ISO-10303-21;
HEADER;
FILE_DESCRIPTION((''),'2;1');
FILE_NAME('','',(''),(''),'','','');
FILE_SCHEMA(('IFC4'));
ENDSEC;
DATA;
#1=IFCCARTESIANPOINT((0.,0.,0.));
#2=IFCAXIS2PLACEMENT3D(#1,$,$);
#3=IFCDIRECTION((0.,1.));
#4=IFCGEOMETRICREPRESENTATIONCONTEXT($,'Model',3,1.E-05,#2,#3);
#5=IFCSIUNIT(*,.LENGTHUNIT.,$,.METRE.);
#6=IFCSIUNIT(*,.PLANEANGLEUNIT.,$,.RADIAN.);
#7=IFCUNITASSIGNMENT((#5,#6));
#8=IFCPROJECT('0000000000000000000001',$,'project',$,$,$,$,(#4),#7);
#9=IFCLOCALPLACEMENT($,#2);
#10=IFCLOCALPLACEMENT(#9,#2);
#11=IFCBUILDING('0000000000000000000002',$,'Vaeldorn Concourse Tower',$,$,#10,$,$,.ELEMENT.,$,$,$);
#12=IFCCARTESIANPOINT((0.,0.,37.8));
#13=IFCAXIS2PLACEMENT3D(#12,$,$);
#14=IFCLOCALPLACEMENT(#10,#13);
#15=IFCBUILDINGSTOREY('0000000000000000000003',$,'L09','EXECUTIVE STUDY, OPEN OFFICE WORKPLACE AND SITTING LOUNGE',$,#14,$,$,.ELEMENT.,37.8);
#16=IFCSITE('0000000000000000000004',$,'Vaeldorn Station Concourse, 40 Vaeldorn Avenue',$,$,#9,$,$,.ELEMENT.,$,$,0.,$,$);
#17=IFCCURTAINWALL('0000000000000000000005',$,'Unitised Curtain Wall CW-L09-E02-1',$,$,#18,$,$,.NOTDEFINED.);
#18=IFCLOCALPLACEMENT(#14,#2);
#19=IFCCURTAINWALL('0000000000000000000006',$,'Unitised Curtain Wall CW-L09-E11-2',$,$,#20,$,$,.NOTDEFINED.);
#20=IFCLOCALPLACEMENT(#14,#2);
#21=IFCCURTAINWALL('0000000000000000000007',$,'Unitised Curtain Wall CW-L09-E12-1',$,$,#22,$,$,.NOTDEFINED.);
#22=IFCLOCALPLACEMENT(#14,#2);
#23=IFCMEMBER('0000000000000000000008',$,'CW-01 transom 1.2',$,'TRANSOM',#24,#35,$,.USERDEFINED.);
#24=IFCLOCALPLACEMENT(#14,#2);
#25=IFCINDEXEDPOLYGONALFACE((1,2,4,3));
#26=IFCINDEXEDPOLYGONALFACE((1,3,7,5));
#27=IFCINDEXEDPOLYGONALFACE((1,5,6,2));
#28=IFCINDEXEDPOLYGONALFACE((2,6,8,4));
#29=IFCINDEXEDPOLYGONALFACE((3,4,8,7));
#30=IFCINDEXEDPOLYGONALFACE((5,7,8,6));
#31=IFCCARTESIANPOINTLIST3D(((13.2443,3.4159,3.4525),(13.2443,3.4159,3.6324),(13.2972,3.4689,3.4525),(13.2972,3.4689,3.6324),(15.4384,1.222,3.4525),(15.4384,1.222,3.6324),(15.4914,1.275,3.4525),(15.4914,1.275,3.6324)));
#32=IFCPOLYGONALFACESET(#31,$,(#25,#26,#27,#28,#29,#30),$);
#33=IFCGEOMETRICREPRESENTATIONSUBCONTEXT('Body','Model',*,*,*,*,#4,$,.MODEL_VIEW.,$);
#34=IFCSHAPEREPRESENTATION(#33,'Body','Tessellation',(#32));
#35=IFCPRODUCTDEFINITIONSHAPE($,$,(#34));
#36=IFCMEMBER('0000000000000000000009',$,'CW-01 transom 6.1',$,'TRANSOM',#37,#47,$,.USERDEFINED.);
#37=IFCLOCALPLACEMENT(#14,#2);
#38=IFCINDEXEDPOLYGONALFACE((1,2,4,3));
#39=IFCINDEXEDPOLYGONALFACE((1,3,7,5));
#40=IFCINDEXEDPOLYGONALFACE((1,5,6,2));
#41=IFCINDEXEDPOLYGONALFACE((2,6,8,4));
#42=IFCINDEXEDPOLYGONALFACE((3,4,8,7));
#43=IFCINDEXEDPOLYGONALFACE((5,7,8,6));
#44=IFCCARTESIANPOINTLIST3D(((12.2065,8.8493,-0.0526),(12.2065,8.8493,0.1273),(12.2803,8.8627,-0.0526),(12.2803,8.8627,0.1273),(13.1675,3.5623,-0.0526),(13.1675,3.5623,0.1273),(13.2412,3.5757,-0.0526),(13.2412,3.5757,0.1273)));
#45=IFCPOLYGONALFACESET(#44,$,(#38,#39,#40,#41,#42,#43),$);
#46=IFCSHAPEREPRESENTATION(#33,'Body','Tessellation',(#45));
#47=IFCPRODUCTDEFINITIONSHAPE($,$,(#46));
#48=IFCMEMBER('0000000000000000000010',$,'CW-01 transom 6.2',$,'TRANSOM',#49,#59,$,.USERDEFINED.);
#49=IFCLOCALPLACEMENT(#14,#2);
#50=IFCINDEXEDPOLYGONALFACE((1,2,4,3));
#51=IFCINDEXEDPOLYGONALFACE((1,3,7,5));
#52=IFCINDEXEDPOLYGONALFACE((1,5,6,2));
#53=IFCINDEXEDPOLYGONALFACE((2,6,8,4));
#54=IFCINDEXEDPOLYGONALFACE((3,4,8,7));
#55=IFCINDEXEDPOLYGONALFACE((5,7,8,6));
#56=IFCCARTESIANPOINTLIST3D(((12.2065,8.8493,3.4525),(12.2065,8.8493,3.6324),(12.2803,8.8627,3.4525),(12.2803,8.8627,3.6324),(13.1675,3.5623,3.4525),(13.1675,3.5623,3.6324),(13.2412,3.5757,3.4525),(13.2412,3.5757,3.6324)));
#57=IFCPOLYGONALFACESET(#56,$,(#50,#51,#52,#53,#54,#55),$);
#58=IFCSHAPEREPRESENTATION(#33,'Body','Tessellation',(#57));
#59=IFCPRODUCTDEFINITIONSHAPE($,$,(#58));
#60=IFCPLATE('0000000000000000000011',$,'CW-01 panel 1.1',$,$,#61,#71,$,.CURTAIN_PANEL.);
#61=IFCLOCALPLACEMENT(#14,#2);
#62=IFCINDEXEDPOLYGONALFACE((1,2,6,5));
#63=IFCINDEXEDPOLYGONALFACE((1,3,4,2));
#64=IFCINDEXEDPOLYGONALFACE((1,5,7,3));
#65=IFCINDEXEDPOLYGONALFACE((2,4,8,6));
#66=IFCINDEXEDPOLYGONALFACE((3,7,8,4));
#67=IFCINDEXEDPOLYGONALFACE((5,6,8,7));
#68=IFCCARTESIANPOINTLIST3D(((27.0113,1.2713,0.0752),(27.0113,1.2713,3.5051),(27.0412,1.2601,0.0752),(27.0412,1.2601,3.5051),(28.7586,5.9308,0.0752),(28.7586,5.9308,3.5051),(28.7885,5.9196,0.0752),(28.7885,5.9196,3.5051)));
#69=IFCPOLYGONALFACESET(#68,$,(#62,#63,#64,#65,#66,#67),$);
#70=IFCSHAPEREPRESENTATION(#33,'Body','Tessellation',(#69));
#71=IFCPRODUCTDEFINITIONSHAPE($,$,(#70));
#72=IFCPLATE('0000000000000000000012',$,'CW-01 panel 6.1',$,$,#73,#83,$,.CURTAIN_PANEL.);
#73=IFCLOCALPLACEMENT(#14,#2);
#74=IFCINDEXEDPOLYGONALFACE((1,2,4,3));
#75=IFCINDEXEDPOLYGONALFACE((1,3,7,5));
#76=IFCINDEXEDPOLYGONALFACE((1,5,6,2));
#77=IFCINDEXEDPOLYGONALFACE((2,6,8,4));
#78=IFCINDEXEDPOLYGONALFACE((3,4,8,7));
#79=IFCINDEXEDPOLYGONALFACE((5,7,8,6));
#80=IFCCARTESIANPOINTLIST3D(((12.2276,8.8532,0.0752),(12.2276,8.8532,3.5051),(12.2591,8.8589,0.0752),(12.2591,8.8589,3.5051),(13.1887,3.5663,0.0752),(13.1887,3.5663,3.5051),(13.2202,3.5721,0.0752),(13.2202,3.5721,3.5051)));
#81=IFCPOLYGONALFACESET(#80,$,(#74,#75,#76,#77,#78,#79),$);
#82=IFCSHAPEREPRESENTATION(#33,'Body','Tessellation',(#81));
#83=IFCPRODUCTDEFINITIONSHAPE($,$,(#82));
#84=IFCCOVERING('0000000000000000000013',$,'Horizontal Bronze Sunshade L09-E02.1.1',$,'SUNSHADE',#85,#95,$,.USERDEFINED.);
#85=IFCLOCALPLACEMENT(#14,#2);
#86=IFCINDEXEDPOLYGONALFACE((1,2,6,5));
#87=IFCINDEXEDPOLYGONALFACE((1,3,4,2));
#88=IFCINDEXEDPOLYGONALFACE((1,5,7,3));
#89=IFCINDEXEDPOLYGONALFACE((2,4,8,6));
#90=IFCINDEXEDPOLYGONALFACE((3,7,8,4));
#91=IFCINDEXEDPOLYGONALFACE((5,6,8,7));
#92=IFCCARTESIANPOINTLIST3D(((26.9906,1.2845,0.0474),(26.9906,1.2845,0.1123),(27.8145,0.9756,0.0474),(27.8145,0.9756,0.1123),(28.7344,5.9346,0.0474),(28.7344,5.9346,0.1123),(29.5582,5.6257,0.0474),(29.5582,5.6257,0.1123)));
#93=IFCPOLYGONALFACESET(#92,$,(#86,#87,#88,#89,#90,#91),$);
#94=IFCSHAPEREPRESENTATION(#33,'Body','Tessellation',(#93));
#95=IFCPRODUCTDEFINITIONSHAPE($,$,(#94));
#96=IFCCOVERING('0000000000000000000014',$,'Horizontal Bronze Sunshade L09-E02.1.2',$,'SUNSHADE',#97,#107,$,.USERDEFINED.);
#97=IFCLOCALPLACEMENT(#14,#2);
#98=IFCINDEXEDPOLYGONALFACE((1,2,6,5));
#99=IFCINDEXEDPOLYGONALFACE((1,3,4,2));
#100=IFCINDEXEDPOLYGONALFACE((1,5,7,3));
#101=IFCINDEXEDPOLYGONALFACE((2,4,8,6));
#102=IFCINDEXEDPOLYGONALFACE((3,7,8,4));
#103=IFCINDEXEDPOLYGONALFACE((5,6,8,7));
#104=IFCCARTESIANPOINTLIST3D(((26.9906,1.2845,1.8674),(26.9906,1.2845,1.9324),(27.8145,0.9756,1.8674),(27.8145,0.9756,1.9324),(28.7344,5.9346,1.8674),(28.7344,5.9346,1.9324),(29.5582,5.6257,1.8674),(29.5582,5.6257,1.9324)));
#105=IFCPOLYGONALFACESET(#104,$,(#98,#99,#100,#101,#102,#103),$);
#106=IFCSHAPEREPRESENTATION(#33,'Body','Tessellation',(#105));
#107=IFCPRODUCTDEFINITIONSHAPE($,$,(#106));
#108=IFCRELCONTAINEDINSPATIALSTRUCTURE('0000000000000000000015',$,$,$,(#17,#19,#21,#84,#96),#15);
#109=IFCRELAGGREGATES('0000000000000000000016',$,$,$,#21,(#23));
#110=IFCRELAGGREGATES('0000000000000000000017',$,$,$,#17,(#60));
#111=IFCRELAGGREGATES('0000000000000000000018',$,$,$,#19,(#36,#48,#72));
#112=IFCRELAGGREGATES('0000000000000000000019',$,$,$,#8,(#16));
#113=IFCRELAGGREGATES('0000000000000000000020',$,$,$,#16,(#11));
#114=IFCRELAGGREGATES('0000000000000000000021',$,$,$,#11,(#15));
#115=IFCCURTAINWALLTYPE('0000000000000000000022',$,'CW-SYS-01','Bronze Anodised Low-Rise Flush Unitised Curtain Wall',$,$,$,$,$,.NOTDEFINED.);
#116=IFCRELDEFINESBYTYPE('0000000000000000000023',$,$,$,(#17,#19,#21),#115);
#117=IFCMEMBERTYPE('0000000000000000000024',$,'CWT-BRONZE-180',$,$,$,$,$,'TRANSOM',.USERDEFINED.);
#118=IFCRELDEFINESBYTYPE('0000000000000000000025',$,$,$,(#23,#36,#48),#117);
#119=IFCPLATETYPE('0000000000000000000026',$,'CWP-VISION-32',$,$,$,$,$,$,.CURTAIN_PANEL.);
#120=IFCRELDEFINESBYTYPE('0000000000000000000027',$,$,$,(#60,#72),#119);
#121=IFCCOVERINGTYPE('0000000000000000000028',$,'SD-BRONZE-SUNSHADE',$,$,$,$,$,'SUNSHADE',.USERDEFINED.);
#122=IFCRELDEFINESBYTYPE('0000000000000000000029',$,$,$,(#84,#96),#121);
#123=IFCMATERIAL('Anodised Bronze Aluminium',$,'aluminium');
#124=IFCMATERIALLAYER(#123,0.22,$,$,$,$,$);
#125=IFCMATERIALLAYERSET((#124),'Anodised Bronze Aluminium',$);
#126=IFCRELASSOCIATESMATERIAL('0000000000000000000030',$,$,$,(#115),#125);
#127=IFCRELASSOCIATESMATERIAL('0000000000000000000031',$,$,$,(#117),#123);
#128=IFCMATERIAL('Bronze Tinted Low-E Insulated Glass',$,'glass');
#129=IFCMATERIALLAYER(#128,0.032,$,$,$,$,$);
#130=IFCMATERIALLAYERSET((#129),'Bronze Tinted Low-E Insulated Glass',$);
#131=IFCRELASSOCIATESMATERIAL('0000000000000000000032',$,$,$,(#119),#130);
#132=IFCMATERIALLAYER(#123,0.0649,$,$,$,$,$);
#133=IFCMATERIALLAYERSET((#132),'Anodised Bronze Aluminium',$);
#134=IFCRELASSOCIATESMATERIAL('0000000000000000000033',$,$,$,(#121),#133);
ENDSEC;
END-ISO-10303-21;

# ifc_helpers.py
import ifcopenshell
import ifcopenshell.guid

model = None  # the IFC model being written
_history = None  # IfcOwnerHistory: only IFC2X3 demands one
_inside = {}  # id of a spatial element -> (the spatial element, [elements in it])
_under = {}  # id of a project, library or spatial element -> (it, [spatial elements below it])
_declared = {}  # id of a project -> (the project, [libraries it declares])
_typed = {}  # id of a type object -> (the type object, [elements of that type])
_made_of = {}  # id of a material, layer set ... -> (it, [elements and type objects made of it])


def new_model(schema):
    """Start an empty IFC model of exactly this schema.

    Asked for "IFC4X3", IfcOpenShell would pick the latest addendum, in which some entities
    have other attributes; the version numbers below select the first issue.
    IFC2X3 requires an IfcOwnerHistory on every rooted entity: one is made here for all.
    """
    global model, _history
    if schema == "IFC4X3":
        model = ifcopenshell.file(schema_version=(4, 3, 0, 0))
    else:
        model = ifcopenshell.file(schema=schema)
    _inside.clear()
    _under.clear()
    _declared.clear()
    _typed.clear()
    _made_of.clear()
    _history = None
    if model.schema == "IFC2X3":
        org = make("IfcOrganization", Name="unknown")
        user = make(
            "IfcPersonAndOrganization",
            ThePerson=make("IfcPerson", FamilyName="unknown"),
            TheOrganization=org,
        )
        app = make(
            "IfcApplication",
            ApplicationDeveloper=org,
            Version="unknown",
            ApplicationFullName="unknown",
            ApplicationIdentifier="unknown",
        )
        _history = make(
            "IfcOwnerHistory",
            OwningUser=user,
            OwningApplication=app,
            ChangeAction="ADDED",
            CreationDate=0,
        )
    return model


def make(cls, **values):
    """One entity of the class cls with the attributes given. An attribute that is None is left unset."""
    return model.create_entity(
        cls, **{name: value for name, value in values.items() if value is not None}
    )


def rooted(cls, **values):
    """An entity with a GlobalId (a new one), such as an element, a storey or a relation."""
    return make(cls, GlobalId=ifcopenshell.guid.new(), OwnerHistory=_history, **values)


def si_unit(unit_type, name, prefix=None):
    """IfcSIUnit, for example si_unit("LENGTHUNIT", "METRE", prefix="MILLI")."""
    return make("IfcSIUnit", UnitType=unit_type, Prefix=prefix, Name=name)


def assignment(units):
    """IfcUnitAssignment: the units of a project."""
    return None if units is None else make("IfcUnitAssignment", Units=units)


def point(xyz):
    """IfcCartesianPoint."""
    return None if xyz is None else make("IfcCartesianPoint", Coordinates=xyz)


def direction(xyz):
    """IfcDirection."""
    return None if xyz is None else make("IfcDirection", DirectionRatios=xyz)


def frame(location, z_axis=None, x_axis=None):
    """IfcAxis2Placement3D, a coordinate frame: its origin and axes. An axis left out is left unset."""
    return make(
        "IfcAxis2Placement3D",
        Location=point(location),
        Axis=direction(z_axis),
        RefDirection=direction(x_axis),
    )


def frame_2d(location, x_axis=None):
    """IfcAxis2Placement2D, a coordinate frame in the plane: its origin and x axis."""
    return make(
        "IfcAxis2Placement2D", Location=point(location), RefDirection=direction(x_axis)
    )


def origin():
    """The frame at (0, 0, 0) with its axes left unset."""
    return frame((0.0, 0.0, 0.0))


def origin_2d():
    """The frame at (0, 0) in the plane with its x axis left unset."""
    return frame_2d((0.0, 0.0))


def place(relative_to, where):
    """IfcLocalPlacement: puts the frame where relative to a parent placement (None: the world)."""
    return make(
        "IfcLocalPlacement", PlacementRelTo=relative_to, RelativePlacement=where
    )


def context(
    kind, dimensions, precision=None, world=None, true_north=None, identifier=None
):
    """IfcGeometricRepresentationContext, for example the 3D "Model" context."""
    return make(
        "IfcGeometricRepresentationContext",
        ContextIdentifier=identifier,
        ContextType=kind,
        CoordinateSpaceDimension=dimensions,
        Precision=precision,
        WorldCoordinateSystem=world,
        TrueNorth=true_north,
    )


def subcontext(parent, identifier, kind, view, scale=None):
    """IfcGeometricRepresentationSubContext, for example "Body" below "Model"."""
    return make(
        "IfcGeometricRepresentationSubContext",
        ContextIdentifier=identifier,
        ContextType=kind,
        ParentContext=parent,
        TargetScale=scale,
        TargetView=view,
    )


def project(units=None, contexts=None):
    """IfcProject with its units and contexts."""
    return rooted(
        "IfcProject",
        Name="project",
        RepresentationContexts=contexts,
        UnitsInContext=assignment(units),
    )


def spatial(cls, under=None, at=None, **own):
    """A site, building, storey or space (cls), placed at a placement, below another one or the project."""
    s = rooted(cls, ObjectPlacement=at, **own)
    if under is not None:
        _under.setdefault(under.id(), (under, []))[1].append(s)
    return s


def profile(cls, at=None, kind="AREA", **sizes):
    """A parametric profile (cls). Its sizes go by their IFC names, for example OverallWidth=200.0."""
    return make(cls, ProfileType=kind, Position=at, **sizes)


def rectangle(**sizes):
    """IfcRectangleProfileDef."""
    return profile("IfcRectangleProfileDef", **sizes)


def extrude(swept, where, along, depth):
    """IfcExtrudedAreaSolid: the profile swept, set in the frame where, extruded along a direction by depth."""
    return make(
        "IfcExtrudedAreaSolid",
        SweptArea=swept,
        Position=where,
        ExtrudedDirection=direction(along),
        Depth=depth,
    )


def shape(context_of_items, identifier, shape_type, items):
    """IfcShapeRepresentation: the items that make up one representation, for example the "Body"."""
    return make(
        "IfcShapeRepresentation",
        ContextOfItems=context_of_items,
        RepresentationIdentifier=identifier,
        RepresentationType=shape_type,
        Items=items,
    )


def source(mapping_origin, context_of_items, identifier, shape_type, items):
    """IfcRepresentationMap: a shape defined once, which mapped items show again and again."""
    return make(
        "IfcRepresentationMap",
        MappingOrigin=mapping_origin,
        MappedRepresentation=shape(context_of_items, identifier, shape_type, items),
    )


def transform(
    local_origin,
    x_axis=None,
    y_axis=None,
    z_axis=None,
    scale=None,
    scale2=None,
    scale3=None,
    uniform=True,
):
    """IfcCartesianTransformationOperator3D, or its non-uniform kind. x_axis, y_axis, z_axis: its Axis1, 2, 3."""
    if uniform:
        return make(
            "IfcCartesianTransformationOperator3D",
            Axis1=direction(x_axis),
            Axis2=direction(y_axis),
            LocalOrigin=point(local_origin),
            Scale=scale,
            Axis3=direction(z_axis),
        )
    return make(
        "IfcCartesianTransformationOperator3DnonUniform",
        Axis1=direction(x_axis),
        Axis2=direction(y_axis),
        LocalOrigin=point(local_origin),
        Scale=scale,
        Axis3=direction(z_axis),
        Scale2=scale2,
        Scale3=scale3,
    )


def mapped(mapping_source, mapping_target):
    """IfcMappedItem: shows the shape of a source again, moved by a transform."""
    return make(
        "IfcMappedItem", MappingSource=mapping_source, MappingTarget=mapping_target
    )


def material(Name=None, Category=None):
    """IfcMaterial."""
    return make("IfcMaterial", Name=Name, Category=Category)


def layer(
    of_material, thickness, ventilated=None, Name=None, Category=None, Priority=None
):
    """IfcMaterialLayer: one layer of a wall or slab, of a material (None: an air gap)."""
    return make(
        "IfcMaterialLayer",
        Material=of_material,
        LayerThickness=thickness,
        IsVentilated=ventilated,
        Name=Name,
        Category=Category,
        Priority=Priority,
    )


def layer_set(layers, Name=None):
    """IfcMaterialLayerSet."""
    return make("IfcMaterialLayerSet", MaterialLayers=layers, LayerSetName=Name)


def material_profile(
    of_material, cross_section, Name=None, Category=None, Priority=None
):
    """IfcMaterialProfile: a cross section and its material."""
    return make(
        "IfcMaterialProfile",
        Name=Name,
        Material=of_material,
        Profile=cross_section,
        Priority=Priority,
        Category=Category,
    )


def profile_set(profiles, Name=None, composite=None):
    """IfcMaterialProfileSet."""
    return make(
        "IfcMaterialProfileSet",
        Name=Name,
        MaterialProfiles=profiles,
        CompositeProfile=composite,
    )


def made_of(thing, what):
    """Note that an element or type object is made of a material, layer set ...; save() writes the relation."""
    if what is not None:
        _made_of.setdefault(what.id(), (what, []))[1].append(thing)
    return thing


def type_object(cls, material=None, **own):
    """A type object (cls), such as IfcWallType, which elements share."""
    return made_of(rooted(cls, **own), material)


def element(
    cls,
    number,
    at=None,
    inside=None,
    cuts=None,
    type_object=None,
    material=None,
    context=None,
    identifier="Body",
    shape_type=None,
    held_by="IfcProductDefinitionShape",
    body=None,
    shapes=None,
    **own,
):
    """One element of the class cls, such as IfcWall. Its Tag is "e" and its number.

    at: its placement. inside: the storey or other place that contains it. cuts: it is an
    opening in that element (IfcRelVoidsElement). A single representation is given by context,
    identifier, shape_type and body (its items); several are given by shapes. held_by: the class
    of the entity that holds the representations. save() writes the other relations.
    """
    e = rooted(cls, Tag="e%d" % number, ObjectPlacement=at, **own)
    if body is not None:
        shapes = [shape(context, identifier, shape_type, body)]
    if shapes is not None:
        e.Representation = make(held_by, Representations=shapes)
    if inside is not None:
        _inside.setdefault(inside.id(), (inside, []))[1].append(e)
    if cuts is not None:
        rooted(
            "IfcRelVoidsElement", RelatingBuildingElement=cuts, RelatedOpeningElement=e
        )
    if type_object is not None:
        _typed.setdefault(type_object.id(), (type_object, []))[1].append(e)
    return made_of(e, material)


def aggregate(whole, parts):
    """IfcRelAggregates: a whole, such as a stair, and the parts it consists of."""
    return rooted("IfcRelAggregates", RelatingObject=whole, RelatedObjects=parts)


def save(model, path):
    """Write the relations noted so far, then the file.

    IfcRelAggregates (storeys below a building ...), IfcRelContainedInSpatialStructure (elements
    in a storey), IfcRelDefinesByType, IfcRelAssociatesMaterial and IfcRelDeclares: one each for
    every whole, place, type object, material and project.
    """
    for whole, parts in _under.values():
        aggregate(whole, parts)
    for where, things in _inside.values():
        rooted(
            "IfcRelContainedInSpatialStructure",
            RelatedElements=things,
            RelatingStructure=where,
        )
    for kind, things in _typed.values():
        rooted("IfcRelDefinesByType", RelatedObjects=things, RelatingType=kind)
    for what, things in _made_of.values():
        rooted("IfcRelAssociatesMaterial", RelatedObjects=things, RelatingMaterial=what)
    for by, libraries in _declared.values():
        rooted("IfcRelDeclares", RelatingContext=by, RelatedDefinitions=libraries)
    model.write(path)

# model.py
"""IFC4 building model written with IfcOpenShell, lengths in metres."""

from ifc_helpers import new_model, si_unit, direction, frame, origin, origin_2d, place, context, subcontext, project, spatial, rectangle, extrude, source, transform, mapped, material, layer, layer_set, material_profile, profile_set, type_object, element, aggregate, save


model = new_model("IFC4")

# Units and contexts
model_context = context("Model", 3, precision=1e-05, world=origin(), true_north=direction((0.0, 1.0)))
body_context = subcontext(model_context, "Body", "Model", "MODEL_VIEW")
ifc_project = project(units=[si_unit("LENGTHUNIT", "METRE"), si_unit("PLANEANGLEUNIT", "RADIAN")], contexts=[model_context])

# Site, building, storey
site_placement = place(None, origin())
site = spatial("IfcSite", under=ifc_project, at=site_placement, Name="Vaeldorn Station Concourse, 40 Vaeldorn Avenue", CompositionType="ELEMENT", RefElevation=0.0)
building_placement = place(site_placement, origin())
building = spatial("IfcBuilding", under=site, at=building_placement, Name="Vaeldorn Concourse Tower", CompositionType="ELEMENT")
storey_placement = place(building_placement, frame((0.0, 0.0, 37.8)))
storey = spatial("IfcBuildingStorey", under=building, at=storey_placement, Name="L09", Description="EXECUTIVE STUDY, OPEN OFFICE WORKPLACE AND SITTING LOUNGE", CompositionType="ELEMENT", Elevation=37.8)

# Curtain walls
ifc_material_1 = material(Name="Anodised Bronze Aluminium", Category="aluminium")
ifc_layer_1 = layer(ifc_material_1, 0.22)
ifc_layer_set_1 = layer_set([ifc_layer_1], Name="Anodised Bronze Aluminium")
curtain_wall_type = type_object("IfcCurtainWallType", Name="CW-SYS-01", Description="Bronze Anodised Low-Rise Flush Unitised Curtain Wall", PredefinedType="NOTDEFINED", material=ifc_layer_set_1)
curtain_wall_1_placement = place(storey_placement, origin())
curtain_wall_1 = element("IfcCurtainWall", 1, at=curtain_wall_1_placement, inside=storey, type_object=curtain_wall_type, Name="Unitised Curtain Wall CW-L09-E02-1", PredefinedType="NOTDEFINED")
curtain_wall_2_placement = place(storey_placement, origin())
curtain_wall_2 = element("IfcCurtainWall", 2, at=curtain_wall_2_placement, inside=storey, type_object=curtain_wall_type, Name="Unitised Curtain Wall CW-L09-E11-2", PredefinedType="NOTDEFINED")
curtain_wall_3_placement = place(storey_placement, origin())
curtain_wall_3 = element("IfcCurtainWall", 3, at=curtain_wall_3_placement, inside=storey, type_object=curtain_wall_type, Name="Unitised Curtain Wall CW-L09-E12-1", PredefinedType="NOTDEFINED")

# Members
ifc_material_profile_1 = material_profile(ifc_material_1, rectangle(XDim=0.075, YDim=0.1799, at=origin_2d()), Name="CWT 75x180")
ifc_profile_set_1 = profile_set([ifc_material_profile_1], Name="Anodised Bronze Aluminium")
member_type_1 = type_object("IfcMemberType", Name="CWT-BRONZE-180", ElementType="TRANSOM", PredefinedType="USERDEFINED", material=ifc_profile_set_1)
shared_shape_1 = source(origin(), body_context, "Body", "SweptSolid", [
    extrude(rectangle(XDim=0.075, YDim=0.1799, at=origin_2d()), origin(), (0.0, 0.0, 1.0), 3.1028),
])
member_1_placement = place(storey_placement, frame((13.2708, 3.4424, 3.5425), z_axis=(0.707146, -0.707067, 0.0), x_axis=(0.707067, 0.707146, 0.0)))
member_1 = element("IfcMember", 4, at=member_1_placement, type_object=member_type_1, Name="CW-01 transom 1.2", ObjectType="TRANSOM", PredefinedType="USERDEFINED", context=body_context, shape_type="MappedRepresentation", body=[
    mapped(shared_shape_1, transform((0.0, 0.0, 0.0), scale=1.0)),
])
aggregate(curtain_wall_3, [member_1])
shared_shape_2 = source(origin(), body_context, "Body", "SweptSolid", [
    extrude(rectangle(XDim=0.075, YDim=0.1799, at=origin_2d()), origin(), (0.0, 0.0, 1.0), 5.3735),
])
member_2_placement = place(storey_placement, frame((12.2434, 8.856, 0.0374), z_axis=(0.178829, -0.98388, 0.0), x_axis=(0.98388, 0.178829, 0.0)))
member_2 = element("IfcMember", 5, at=member_2_placement, type_object=member_type_1, Name="CW-01 transom 6.1", ObjectType="TRANSOM", PredefinedType="USERDEFINED", context=body_context, shape_type="MappedRepresentation", body=[
    mapped(shared_shape_2, transform((0.0, 0.0, 0.0), scale=1.0)),
])
member_3_placement = place(storey_placement, frame((12.2434, 8.856, 3.5425), z_axis=(0.178829, -0.98388, 0.0), x_axis=(0.98388, 0.178829, 0.0)))
member_3 = element("IfcMember", 6, at=member_3_placement, type_object=member_type_1, Name="CW-01 transom 6.2", ObjectType="TRANSOM", PredefinedType="USERDEFINED", context=body_context, shape_type="MappedRepresentation", body=[
    mapped(shared_shape_2, transform((0.0, 0.0, 0.0), scale=1.0)),
])

# Plates
ifc_material_2 = material(Name="Bronze Tinted Low-E Insulated Glass", Category="glass")
ifc_layer_2 = layer(ifc_material_2, 0.032)
ifc_layer_set_2 = layer_set([ifc_layer_2], Name="Bronze Tinted Low-E Insulated Glass")
plate_type = type_object("IfcPlateType", Name="CWP-VISION-32", PredefinedType="CURTAIN_PANEL", material=ifc_layer_set_2)
shared_shape_3 = source(origin(), body_context, "Body", "SweptSolid", [
    extrude(rectangle(XDim=4.9763, YDim=0.032, at=origin_2d()), origin(), (0.0, 0.0, 1.0), 3.4299),
])
plate_1_placement = place(storey_placement, frame((27.8999, 3.5955, 0.0752), z_axis=(0.0, 0.0, 1.0), x_axis=(0.351123, 0.936329, 0.0)))
plate_1 = element("IfcPlate", 7, at=plate_1_placement, type_object=plate_type, Name="CW-01 panel 1.1", PredefinedType="CURTAIN_PANEL", context=body_context, shape_type="MappedRepresentation", body=[
    mapped(shared_shape_3, transform((0.0, 0.0, 0.0), scale=1.0)),
])
aggregate(curtain_wall_1, [plate_1])
shared_shape_4 = source(origin(), body_context, "Body", "SweptSolid", [
    extrude(rectangle(XDim=5.3735, YDim=0.032, at=origin_2d()), origin(), (0.0, 0.0, 1.0), 3.4299),
])
plate_2_placement = place(storey_placement, frame((12.7239, 6.2126, 0.0752), z_axis=(0.0, 0.0, 1.0), x_axis=(0.178859, -0.983875, 0.0)))
plate_2 = element("IfcPlate", 8, at=plate_2_placement, type_object=plate_type, Name="CW-01 panel 6.1", PredefinedType="CURTAIN_PANEL", context=body_context, shape_type="MappedRepresentation", body=[
    mapped(shared_shape_4, transform((0.0, 0.0, 0.0), scale=1.0)),
])
aggregate(curtain_wall_2, [member_2, member_3, plate_2])

# Coverings
ifc_layer_3 = layer(ifc_material_1, 0.0649)
ifc_layer_set_3 = layer_set([ifc_layer_3], Name="Anodised Bronze Aluminium")
covering_type = type_object("IfcCoveringType", Name="SD-BRONZE-SUNSHADE", ElementType="SUNSHADE", PredefinedType="USERDEFINED", material=ifc_layer_set_3)
shared_shape_5 = source(origin(), body_context, "Body", "SweptSolid", [
    extrude(rectangle(XDim=4.9663, YDim=0.8799, at=origin_2d()), origin(), (0.0, 0.0, 1.0), 0.0649),
])
for number, where, z_axis, x_axis, name in (
    (9, (28.2744, 3.4551, 0.0474), (0.0, 0.0, 1.0), (0.351123, 0.936329, 0.0), "Horizontal Bronze Sunshade L09-E02.1.1"),
    (10, (28.2744, 3.4551, 1.8674), (0.0, 0.0, 1.0), (0.351123, 0.936329, 0.0), "Horizontal Bronze Sunshade L09-E02.1.2"),
):
    element("IfcCovering", number, at=place(storey_placement, frame(where, z_axis=z_axis, x_axis=x_axis)), inside=storey, type_object=covering_type, Name=name, ObjectType="SUNSHADE", PredefinedType="USERDEFINED", context=body_context, shape_type="MappedRepresentation", body=[
        mapped(shared_shape_5, transform((0.0, 0.0, 0.0), scale=1.0)),
    ])

save(model, "model.ifc")
